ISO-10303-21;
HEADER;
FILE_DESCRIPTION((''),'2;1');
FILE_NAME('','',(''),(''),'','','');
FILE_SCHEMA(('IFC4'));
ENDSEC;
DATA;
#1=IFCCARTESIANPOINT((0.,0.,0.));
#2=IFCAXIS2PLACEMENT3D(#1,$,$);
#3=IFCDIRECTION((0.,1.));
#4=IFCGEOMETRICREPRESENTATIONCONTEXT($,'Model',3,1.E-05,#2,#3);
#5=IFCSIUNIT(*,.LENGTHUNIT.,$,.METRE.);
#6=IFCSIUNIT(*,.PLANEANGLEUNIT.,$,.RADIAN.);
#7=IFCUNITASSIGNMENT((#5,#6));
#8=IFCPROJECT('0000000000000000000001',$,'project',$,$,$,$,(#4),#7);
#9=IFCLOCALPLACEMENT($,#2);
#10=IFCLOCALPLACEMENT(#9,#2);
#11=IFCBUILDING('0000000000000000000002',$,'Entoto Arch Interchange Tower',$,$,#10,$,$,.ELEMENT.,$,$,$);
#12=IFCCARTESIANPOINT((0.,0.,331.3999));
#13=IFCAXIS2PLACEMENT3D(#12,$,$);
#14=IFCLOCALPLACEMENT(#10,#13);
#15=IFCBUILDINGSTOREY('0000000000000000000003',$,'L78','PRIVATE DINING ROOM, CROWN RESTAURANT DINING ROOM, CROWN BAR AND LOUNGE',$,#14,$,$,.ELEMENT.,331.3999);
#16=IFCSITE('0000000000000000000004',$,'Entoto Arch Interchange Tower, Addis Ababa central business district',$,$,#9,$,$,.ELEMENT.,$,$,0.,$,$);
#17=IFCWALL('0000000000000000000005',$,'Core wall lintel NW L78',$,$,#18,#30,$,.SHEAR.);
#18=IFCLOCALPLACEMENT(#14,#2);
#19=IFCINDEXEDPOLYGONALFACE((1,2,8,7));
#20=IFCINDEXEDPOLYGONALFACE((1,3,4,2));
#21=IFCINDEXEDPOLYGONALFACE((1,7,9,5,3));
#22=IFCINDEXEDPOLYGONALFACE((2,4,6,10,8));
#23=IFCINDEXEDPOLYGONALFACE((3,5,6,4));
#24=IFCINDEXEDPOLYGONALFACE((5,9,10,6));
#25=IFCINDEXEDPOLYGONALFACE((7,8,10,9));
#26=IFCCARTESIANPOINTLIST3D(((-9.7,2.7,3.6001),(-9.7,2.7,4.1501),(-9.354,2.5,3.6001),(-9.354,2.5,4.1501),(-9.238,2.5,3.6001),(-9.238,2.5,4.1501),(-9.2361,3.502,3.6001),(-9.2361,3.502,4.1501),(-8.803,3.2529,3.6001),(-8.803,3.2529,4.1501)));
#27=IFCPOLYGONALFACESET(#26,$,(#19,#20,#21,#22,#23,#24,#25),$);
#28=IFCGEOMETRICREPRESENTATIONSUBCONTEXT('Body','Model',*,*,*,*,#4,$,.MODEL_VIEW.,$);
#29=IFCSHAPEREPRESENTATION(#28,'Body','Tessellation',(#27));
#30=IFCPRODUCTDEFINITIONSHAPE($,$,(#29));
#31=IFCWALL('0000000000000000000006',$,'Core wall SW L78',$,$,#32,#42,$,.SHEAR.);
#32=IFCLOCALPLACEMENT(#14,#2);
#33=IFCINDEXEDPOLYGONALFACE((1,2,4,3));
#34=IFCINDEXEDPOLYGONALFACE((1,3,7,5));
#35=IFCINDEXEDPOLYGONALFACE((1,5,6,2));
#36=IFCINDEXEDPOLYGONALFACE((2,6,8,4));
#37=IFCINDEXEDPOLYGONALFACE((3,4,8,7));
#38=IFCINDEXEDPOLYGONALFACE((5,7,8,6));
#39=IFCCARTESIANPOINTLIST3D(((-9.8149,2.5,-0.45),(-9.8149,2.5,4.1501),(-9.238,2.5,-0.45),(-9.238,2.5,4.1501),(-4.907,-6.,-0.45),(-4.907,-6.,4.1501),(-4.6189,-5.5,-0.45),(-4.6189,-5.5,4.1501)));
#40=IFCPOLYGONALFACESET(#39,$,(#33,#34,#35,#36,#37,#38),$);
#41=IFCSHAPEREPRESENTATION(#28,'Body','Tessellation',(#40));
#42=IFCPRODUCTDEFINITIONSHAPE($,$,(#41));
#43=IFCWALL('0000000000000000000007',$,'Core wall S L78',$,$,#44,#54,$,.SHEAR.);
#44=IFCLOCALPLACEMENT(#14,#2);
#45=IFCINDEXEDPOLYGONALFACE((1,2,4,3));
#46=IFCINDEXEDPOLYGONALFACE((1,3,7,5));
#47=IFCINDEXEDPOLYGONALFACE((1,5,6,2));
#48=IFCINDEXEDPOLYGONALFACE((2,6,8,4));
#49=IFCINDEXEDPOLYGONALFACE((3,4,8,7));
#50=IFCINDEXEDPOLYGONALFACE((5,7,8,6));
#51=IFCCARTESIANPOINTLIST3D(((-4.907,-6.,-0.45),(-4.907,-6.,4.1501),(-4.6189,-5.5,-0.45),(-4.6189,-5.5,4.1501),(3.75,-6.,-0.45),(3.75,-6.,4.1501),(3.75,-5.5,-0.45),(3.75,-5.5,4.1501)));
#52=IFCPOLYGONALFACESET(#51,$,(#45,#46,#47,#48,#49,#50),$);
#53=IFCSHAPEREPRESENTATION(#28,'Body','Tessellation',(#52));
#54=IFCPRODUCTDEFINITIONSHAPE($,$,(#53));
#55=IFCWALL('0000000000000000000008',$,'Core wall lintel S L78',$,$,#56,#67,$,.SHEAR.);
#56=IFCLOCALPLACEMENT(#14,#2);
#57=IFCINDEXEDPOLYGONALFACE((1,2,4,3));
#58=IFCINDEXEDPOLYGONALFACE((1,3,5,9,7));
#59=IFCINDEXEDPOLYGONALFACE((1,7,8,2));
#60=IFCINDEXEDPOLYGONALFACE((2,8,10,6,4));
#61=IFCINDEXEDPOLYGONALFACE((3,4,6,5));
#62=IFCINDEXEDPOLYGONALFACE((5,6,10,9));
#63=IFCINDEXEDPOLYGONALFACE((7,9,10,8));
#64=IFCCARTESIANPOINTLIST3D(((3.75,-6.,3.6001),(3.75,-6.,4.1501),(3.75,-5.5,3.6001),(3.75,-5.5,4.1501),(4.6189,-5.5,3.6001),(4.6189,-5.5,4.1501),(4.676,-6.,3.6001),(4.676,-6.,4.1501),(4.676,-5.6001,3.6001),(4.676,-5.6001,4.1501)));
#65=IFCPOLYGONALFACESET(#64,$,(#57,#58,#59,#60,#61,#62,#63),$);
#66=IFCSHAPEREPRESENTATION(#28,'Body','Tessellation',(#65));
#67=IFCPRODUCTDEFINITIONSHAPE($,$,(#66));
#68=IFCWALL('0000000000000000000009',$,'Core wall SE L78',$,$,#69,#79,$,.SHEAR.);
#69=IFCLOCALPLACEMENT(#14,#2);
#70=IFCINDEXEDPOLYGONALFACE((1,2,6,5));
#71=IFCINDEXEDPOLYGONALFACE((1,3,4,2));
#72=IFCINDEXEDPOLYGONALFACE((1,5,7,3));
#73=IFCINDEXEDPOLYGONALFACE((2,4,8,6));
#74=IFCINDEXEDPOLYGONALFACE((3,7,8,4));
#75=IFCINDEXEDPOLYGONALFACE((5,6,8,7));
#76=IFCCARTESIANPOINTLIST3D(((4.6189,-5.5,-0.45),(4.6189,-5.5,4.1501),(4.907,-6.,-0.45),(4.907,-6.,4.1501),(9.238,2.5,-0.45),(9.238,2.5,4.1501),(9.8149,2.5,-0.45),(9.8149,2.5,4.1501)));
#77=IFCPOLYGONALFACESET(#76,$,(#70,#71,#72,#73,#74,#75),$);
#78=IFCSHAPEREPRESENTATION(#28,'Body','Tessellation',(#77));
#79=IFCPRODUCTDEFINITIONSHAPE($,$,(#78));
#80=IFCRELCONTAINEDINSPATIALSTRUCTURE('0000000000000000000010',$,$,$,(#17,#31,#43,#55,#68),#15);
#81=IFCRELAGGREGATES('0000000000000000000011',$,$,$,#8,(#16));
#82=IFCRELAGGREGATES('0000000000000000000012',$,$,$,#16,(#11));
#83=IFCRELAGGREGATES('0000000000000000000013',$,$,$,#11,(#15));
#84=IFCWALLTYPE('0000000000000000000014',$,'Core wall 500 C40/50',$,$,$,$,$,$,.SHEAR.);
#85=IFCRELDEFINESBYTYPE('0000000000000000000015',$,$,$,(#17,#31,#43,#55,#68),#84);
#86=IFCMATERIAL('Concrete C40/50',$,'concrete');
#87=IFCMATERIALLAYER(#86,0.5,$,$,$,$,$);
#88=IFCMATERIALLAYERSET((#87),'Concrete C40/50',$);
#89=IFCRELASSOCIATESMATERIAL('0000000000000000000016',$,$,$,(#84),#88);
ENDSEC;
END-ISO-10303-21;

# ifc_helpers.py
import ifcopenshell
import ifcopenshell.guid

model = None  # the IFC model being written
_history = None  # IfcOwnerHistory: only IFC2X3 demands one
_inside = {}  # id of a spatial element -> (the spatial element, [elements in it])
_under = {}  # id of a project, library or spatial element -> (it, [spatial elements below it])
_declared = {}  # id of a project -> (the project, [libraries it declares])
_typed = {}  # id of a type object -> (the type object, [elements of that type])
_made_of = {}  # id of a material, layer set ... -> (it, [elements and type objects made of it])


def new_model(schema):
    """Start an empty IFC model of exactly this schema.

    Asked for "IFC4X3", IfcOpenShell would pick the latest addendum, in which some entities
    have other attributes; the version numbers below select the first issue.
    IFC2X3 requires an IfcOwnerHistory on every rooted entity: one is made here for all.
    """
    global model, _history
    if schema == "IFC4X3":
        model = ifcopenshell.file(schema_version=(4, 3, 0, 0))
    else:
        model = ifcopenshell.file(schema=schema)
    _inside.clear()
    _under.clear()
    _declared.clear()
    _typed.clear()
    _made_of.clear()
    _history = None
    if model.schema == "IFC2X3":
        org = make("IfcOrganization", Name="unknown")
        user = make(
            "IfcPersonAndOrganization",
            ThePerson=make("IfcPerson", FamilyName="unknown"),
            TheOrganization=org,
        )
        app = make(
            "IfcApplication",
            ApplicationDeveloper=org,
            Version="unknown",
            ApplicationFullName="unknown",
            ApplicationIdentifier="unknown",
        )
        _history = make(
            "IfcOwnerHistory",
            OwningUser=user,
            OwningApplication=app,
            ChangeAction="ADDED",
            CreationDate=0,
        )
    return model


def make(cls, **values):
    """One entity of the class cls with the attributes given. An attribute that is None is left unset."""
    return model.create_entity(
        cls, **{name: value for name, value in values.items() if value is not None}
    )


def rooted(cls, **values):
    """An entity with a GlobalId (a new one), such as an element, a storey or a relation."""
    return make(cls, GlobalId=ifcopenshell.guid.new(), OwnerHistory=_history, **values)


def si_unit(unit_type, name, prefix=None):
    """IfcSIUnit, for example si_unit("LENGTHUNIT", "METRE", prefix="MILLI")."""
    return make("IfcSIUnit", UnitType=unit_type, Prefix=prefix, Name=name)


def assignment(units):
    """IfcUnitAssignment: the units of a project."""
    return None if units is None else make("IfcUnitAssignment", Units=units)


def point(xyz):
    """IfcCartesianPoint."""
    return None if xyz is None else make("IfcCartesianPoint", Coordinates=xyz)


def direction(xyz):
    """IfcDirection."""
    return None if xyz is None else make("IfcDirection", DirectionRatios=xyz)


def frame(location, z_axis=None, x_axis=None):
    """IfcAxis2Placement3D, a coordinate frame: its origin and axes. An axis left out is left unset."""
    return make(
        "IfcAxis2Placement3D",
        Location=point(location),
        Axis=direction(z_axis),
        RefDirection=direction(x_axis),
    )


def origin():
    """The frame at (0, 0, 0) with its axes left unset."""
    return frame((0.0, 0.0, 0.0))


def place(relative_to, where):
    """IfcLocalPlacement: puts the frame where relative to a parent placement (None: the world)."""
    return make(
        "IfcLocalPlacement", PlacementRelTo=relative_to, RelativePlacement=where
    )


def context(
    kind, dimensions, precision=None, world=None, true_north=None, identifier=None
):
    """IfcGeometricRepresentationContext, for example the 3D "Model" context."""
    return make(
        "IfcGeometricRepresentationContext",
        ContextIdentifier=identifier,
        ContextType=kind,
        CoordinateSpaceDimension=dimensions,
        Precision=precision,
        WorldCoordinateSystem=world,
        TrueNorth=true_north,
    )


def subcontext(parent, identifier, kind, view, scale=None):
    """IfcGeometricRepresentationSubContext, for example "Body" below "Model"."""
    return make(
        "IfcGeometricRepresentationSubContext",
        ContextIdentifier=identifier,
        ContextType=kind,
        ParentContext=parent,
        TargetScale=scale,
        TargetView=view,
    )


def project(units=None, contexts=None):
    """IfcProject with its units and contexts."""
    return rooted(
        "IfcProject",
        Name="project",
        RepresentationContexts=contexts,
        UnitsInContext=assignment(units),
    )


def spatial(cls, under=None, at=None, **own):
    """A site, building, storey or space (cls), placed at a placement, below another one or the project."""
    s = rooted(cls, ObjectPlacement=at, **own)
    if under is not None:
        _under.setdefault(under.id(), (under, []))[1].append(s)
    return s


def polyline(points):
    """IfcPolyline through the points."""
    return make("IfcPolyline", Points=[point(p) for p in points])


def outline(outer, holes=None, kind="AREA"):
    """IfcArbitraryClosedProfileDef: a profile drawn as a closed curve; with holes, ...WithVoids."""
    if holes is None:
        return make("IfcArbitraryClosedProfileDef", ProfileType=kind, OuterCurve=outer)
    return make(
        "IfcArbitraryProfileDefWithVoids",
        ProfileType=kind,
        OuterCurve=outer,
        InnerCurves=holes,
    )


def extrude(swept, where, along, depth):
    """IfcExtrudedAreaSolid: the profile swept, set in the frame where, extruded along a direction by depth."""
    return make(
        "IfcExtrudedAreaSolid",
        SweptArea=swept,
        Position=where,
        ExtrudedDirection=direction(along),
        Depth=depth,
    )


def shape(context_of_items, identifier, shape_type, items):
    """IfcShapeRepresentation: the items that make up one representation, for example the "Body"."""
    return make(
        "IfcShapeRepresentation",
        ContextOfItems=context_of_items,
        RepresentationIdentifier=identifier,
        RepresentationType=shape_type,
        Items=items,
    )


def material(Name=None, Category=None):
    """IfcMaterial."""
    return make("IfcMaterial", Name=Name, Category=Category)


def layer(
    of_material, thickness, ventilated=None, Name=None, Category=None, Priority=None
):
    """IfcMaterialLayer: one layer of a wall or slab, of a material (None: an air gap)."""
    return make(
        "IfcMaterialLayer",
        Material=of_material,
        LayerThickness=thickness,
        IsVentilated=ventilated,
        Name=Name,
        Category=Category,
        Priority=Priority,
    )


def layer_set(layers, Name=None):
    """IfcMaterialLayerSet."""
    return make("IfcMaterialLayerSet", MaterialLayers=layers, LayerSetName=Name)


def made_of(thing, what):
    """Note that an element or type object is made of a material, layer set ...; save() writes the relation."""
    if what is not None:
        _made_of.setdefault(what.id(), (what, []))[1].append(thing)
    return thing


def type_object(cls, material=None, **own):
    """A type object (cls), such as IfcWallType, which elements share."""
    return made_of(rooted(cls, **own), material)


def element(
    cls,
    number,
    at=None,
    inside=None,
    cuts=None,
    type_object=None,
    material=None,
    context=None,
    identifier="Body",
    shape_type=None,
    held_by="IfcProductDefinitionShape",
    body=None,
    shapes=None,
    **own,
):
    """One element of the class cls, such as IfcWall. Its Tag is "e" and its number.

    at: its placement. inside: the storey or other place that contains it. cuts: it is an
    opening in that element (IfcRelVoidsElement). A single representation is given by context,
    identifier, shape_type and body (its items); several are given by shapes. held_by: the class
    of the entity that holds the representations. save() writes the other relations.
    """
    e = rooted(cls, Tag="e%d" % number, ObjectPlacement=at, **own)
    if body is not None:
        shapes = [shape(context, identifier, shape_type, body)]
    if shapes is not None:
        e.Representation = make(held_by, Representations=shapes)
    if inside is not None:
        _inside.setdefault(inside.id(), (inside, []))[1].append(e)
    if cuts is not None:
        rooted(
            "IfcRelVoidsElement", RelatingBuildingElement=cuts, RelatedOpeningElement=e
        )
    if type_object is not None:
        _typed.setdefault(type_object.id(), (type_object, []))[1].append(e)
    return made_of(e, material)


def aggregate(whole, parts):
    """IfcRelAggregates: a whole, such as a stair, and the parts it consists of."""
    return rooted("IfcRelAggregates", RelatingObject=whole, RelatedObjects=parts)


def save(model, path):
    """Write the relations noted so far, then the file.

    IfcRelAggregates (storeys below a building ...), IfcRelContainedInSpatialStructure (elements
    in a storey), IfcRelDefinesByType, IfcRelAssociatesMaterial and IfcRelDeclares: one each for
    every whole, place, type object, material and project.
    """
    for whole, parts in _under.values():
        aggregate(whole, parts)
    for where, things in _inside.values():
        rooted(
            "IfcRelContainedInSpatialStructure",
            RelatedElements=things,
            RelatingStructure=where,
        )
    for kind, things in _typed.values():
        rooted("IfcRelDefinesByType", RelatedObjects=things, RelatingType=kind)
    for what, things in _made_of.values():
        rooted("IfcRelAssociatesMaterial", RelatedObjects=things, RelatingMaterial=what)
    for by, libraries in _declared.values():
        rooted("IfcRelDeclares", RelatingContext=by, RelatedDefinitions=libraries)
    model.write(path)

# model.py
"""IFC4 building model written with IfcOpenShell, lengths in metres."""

from ifc_helpers import new_model, si_unit, direction, frame, origin, place, context, subcontext, project, spatial, polyline, outline, extrude, material, layer, layer_set, type_object, element, save


model = new_model("IFC4")

# Units and contexts
model_context = context("Model", 3, precision=1e-05, world=origin(), true_north=direction((0.0, 1.0)))
body_context = subcontext(model_context, "Body", "Model", "MODEL_VIEW")
ifc_project = project(units=[si_unit("LENGTHUNIT", "METRE"), si_unit("PLANEANGLEUNIT", "RADIAN")], contexts=[model_context])

# Site, building, storey
site_placement = place(None, origin())
site = spatial("IfcSite", under=ifc_project, at=site_placement, Name="Entoto Arch Interchange Tower, Addis Ababa central business district", CompositionType="ELEMENT", RefElevation=0.0)
building_placement = place(site_placement, origin())
building = spatial("IfcBuilding", under=site, at=building_placement, Name="Entoto Arch Interchange Tower", CompositionType="ELEMENT")
storey_placement = place(building_placement, frame((0.0, 0.0, 331.3999)))
storey = spatial("IfcBuildingStorey", under=building, at=storey_placement, Name="L78", Description="PRIVATE DINING ROOM, CROWN RESTAURANT DINING ROOM, CROWN BAR AND LOUNGE", CompositionType="ELEMENT", Elevation=331.3999)

# Walls
ifc_material_1 = material(Name="Concrete C40/50", Category="concrete")
ifc_layer_1 = layer(ifc_material_1, 0.5)
ifc_layer_set_1 = layer_set([ifc_layer_1], Name="Concrete C40/50")
wall_type = type_object("IfcWallType", Name="Core wall 500 C40/50", PredefinedType="SHEAR", material=ifc_layer_set_1)
wall_1_placement = place(storey_placement, frame((0.0, 0.0, 3.6001)))
element("IfcWall", 1, at=wall_1_placement, inside=storey, type_object=wall_type, Name="Core wall lintel NW L78", PredefinedType="SHEAR", context=body_context, shape_type="SweptSolid", body=[
    extrude(outline(polyline([(-9.7, 2.7), (-9.354, 2.5), (-9.238, 2.5), (-8.803, 3.2529), (-9.2361, 3.502), (-9.7, 2.7)])), origin(), (0.0, 0.0, 1.0), 0.55),
])
wall_2_placement = place(storey_placement, frame((0.0, 0.0, -0.45)))
element("IfcWall", 2, at=wall_2_placement, inside=storey, type_object=wall_type, Name="Core wall SW L78", PredefinedType="SHEAR", context=body_context, shape_type="SweptSolid", body=[
    extrude(outline(polyline([(-9.8149, 2.5), (-4.907, -6.0), (-4.6189, -5.5), (-9.238, 2.5), (-9.8149, 2.5)])), origin(), (0.0, 0.0, 1.0), 4.6001),
])
wall_3_placement = place(storey_placement, frame((0.0, 0.0, -0.45)))
element("IfcWall", 3, at=wall_3_placement, inside=storey, type_object=wall_type, Name="Core wall S L78", PredefinedType="SHEAR", context=body_context, shape_type="SweptSolid", body=[
    extrude(outline(polyline([(3.75, -6.0), (3.75, -5.5), (-4.6189, -5.5), (-4.907, -6.0), (3.75, -6.0)])), origin(), (0.0, 0.0, 1.0), 4.6001),
])
wall_4_placement = place(storey_placement, frame((0.0, 0.0, 3.6001)))
element("IfcWall", 4, at=wall_4_placement, inside=storey, type_object=wall_type, Name="Core wall lintel S L78", PredefinedType="SHEAR", context=body_context, shape_type="SweptSolid", body=[
    extrude(outline(polyline([(4.676, -6.0), (4.676, -5.6001), (4.6189, -5.5), (3.75, -5.5), (3.75, -6.0), (4.676, -6.0)])), origin(), (0.0, 0.0, 1.0), 0.55),
])
wall_5_placement = place(storey_placement, frame((0.0, 0.0, -0.45)))
element("IfcWall", 5, at=wall_5_placement, inside=storey, type_object=wall_type, Name="Core wall SE L78", PredefinedType="SHEAR", context=body_context, shape_type="SweptSolid", body=[
    extrude(outline(polyline([(4.907, -6.0), (9.8149, 2.5), (9.238, 2.5), (4.6189, -5.5), (4.907, -6.0)])), origin(), (0.0, 0.0, 1.0), 4.6001),
])

save(model, "model.ifc")
